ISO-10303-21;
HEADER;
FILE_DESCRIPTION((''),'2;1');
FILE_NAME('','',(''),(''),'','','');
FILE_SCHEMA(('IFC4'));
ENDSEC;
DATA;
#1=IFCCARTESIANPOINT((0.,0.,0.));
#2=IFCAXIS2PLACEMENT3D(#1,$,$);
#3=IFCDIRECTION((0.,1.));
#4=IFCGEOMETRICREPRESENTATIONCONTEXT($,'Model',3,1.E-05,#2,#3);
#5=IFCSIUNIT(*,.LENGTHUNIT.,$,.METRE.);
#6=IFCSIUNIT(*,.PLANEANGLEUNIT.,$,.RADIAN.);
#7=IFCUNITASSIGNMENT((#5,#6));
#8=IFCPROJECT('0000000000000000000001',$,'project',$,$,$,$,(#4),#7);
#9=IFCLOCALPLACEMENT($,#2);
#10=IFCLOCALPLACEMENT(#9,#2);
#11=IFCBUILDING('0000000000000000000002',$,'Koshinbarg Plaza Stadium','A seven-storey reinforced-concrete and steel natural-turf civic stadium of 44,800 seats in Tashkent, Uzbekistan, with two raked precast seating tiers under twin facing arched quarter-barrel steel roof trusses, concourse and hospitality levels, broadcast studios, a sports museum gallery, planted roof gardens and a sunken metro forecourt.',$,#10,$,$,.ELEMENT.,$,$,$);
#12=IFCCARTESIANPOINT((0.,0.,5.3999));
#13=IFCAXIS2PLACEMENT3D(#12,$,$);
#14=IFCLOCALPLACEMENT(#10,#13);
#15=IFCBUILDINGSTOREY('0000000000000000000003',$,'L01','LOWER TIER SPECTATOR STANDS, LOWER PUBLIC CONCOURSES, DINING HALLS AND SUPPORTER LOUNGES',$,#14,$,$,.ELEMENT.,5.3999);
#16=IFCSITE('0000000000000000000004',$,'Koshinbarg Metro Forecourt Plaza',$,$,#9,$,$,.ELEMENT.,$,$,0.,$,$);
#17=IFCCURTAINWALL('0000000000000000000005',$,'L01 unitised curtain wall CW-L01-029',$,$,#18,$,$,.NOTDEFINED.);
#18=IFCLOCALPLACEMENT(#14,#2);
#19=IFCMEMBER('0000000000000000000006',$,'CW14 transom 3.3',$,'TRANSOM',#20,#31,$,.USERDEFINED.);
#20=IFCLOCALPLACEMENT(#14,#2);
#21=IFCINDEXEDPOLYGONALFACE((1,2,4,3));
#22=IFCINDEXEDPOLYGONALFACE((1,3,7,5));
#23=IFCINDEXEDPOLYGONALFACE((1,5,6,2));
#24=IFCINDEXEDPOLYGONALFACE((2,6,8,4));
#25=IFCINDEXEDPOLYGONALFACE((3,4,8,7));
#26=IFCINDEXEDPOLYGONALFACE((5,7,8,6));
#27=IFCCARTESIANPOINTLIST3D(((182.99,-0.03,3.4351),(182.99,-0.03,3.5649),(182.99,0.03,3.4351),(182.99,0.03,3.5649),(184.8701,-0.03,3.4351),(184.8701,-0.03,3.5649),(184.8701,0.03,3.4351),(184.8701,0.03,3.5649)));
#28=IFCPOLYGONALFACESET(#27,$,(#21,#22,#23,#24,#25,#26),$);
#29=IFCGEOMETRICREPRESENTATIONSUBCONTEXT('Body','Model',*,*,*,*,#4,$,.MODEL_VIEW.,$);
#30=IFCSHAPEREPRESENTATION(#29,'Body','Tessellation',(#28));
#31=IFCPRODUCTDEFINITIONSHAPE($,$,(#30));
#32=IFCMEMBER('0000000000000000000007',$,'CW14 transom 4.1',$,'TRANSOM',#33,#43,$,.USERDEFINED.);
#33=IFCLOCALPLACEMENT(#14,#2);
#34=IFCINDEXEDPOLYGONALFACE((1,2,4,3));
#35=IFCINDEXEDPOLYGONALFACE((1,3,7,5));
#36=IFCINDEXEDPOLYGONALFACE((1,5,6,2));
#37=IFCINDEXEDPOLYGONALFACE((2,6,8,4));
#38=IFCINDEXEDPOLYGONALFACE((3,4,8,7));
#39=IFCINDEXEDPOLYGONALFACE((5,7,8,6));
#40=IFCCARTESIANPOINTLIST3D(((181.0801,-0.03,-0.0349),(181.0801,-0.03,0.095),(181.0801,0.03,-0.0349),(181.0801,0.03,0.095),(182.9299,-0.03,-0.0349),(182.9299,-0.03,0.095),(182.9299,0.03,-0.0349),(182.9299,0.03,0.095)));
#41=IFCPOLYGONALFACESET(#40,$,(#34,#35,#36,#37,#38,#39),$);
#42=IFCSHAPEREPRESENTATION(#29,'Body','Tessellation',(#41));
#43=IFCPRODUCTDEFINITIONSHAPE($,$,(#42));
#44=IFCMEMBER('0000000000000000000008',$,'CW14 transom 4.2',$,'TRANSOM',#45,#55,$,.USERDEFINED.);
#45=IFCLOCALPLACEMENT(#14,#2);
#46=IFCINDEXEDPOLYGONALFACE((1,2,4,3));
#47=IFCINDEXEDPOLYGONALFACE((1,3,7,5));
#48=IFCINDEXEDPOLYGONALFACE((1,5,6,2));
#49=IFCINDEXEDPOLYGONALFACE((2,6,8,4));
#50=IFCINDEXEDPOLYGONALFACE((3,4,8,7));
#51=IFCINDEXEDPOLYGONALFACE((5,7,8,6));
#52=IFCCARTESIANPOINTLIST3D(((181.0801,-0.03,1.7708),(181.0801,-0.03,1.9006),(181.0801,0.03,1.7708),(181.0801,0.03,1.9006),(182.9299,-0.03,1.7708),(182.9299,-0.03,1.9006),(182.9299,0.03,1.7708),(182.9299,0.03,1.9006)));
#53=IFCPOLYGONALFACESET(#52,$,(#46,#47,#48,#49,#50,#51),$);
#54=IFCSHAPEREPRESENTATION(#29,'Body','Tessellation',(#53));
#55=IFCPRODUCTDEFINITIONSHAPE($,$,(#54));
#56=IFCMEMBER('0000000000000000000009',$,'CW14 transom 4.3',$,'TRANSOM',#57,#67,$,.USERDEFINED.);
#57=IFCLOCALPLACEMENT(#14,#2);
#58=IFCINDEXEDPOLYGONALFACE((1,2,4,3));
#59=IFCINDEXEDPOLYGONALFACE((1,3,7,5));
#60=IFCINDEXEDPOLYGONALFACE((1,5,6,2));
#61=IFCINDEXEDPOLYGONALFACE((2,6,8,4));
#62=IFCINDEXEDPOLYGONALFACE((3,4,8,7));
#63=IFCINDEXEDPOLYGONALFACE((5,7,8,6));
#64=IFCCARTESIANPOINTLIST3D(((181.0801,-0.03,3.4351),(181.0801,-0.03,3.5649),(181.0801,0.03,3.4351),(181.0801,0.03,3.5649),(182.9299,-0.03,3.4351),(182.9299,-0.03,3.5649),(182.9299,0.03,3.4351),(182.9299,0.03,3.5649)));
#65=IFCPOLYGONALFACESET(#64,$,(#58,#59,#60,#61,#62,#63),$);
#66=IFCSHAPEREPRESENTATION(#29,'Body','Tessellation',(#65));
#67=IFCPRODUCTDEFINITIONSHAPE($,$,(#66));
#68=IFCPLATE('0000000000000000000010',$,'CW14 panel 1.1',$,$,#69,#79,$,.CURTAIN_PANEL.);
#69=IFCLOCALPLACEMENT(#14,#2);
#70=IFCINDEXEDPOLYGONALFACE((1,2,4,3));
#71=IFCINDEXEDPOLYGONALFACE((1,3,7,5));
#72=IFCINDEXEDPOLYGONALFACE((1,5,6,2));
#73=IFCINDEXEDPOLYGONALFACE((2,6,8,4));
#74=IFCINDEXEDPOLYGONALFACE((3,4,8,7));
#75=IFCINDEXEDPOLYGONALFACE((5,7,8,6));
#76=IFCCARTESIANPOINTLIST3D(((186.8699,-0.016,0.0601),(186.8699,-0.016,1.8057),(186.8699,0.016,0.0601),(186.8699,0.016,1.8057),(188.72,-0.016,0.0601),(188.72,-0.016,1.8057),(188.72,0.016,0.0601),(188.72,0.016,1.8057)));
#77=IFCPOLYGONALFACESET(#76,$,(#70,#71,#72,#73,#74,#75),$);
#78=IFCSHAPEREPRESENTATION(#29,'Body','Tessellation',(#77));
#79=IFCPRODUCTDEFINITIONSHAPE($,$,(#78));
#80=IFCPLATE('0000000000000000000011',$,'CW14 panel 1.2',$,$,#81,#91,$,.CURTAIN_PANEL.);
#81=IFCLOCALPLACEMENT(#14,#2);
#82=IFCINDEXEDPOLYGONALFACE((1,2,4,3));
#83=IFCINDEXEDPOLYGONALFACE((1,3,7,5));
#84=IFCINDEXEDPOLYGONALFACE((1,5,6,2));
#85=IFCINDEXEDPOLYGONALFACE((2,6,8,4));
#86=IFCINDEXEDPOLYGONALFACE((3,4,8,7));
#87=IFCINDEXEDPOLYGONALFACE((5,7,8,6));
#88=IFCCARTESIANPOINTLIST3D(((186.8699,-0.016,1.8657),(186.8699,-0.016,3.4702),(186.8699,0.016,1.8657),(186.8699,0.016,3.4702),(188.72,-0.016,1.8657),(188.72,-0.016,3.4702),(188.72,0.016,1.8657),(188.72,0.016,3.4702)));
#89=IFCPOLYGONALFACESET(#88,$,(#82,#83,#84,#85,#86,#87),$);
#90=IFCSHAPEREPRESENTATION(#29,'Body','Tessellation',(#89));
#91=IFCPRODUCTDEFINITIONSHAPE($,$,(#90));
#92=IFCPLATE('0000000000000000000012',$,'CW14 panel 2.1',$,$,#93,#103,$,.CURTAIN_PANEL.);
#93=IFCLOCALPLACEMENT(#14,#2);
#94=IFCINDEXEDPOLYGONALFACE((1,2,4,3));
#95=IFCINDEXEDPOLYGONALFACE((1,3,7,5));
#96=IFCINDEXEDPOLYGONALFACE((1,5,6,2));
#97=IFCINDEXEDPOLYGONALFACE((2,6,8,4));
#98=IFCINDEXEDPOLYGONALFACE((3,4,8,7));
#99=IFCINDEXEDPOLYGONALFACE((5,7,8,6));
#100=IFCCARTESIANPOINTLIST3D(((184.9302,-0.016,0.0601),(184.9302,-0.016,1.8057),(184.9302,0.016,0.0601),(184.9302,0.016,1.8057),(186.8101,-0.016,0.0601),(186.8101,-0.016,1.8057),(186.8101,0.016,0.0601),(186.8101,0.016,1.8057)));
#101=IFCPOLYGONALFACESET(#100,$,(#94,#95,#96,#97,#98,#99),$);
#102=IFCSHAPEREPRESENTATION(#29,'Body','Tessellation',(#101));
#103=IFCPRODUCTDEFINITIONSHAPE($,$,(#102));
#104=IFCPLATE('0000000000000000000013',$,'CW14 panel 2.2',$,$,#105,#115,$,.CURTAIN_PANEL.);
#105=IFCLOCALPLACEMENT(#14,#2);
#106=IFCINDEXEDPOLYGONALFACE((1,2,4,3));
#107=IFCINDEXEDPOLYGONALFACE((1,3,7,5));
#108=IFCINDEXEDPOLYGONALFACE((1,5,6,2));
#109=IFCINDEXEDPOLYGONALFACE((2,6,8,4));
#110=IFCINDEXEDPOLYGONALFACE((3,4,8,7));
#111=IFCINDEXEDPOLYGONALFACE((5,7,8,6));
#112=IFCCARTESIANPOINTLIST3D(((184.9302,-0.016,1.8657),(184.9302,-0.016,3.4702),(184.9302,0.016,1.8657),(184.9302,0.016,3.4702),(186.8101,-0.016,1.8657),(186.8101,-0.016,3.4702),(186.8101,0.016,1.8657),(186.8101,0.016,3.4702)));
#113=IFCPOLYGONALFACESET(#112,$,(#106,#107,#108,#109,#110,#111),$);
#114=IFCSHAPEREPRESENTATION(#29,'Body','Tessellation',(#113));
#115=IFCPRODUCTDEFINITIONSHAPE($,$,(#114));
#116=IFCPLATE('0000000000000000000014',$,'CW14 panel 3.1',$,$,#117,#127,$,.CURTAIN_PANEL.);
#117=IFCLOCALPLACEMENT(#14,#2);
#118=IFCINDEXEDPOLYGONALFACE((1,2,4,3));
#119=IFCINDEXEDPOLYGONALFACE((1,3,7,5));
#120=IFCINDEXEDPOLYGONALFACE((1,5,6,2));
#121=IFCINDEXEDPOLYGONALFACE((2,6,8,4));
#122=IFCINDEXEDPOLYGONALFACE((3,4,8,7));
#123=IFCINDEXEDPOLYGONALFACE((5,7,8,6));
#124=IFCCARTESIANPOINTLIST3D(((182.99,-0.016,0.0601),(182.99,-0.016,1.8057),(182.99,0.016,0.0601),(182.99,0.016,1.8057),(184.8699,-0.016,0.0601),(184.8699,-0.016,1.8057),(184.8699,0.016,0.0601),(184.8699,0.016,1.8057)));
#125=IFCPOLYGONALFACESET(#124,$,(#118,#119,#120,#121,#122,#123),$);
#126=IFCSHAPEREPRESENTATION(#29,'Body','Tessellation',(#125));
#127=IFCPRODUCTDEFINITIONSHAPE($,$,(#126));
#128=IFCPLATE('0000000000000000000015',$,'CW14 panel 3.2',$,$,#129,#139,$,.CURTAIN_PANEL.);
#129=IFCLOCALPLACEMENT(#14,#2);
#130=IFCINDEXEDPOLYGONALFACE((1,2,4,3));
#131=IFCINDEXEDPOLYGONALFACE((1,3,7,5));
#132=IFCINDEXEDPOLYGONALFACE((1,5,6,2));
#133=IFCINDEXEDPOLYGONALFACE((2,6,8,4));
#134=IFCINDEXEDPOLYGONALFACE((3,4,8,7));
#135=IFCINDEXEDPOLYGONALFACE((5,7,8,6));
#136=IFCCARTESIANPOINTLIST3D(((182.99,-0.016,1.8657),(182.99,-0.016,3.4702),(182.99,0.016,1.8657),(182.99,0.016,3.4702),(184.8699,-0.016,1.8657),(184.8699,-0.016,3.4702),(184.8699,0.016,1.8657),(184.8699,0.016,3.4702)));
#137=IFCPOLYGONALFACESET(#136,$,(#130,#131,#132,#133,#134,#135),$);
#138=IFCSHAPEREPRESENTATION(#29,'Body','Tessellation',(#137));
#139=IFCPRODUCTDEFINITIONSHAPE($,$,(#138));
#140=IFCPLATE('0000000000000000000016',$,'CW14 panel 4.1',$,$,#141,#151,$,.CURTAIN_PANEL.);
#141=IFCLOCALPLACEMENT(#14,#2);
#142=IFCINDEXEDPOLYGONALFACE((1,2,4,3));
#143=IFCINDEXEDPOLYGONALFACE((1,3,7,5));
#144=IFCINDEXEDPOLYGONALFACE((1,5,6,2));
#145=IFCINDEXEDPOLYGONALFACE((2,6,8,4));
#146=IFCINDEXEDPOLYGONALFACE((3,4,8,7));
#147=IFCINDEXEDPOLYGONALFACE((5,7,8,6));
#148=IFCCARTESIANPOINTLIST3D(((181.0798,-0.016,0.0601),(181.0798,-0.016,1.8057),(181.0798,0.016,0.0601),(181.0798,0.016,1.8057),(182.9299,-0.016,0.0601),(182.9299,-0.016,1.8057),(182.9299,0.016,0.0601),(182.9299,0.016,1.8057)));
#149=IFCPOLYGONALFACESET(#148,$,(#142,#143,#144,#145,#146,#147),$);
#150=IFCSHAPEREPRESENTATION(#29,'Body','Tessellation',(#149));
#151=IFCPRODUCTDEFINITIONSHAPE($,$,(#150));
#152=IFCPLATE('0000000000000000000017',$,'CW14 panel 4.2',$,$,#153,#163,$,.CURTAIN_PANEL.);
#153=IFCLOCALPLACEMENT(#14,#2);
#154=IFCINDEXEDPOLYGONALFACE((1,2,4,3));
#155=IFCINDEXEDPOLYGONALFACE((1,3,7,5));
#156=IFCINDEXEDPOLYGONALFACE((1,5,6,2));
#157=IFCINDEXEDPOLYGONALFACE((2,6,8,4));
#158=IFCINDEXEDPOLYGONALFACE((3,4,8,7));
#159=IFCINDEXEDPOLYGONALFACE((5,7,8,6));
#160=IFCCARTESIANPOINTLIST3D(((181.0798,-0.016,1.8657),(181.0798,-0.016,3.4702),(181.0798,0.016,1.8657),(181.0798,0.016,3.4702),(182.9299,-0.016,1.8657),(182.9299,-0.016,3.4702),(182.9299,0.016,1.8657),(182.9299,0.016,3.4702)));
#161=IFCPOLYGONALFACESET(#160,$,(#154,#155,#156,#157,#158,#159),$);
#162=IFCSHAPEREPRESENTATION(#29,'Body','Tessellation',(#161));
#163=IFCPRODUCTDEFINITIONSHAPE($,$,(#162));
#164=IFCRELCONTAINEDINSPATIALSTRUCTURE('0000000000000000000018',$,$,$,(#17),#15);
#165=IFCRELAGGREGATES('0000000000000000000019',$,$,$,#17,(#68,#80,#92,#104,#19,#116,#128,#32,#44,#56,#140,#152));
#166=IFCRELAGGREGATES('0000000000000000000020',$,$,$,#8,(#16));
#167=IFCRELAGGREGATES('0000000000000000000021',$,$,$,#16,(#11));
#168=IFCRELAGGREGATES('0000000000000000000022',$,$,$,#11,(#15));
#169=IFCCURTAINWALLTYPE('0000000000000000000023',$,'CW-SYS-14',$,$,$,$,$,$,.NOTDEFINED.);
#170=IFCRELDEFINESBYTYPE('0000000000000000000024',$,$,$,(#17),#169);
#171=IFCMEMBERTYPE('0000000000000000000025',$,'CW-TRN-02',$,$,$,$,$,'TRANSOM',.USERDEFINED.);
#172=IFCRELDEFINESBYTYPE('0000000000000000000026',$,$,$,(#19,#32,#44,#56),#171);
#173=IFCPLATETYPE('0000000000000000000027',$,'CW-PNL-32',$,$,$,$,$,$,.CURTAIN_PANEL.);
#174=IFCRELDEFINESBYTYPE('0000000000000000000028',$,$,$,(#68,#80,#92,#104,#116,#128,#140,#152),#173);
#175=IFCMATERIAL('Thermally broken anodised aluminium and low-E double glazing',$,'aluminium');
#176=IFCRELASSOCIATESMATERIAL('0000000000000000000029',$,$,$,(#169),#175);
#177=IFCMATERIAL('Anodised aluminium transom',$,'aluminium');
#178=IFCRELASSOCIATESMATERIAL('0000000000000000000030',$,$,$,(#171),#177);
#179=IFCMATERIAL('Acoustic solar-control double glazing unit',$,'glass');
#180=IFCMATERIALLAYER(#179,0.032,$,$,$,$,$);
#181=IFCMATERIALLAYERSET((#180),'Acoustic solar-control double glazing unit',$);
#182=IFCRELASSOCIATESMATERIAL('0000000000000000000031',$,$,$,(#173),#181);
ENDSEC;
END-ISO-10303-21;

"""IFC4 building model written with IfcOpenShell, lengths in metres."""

from ifc_helpers import new_model, si_unit, direction, frame, origin, origin_2d, place, context, subcontext, project, spatial, rectangle, extrude, material, layer, layer_set, material_profile, profile_set, type_object, element, aggregate, save


model = new_model("IFC4")

# Units and contexts
model_context = context("Model", 3, precision=1e-05, world=origin(), true_north=direction((0.0, 1.0)))
body_context = subcontext(model_context, "Body", "Model", "MODEL_VIEW")
ifc_project = project(units=[si_unit("LENGTHUNIT", "METRE"), si_unit("PLANEANGLEUNIT", "RADIAN")], contexts=[model_context])

# Site, building, storey
site_placement = place(None, origin())
site = spatial("IfcSite", under=ifc_project, at=site_placement, Name="Koshinbarg Metro Forecourt Plaza", CompositionType="ELEMENT", RefElevation=0.0)
building_placement = place(site_placement, origin())
building = spatial("IfcBuilding", under=site, at=building_placement, Name="Koshinbarg Plaza Stadium", Description="A seven-storey reinforced-concrete and steel natural-turf civic stadium of 44,800 seats in Tashkent, Uzbekistan, with two raked precast seating tiers under twin facing arched quarter-barrel steel roof trusses, concourse and hospitality levels, broadcast studios, a sports museum gallery, planted roof gardens and a sunken metro forecourt.", CompositionType="ELEMENT")
storey_placement = place(building_placement, frame((0.0, 0.0, 5.3999)))
storey = spatial("IfcBuildingStorey", under=building, at=storey_placement, Name="L01", Description="LOWER TIER SPECTATOR STANDS, LOWER PUBLIC CONCOURSES, DINING HALLS AND SUPPORTER LOUNGES", CompositionType="ELEMENT", Elevation=5.3999)

# Curtain wall, members, plates
ifc_material_1 = material(Name="Thermally broken anodised aluminium and low-E double glazing", Category="aluminium")
curtain_wall_type = type_object("IfcCurtainWallType", Name="CW-SYS-14", PredefinedType="NOTDEFINED", material=ifc_material_1)
curtain_wall_placement = place(storey_placement, origin())
curtain_wall = element("IfcCurtainWall", 1, at=curtain_wall_placement, inside=storey, type_object=curtain_wall_type, Name="L01 unitised curtain wall CW-L01-029", PredefinedType="NOTDEFINED")
ifc_material_2 = material(Name="Anodised aluminium transom", Category="aluminium")
ifc_material_profile_1 = material_profile(ifc_material_2, rectangle(XDim=0.0601, YDim=0.1299, at=origin_2d()), Name="ALU 60x130")
ifc_profile_set_1 = profile_set([ifc_material_profile_1], Name="Anodised aluminium transom")
member_type_1 = type_object("IfcMemberType", Name="CW-TRN-02", ElementType="TRANSOM", PredefinedType="USERDEFINED", material=ifc_profile_set_1)
member_1_placement = place(storey_placement, frame((184.8701, 0.0, 3.5), z_axis=(-1.0, 0.0, 0.0), x_axis=(0.0, -1.0, 0.0)))
member_1 = element("IfcMember", 2, at=member_1_placement, type_object=member_type_1, Name="CW14 transom 3.3", ObjectType="TRANSOM", PredefinedType="USERDEFINED", context=body_context, shape_type="SweptSolid", body=[
    extrude(rectangle(XDim=0.0601, YDim=0.1299, at=origin_2d()), origin(), (0.0, 0.0, 1.0), 1.8801),
])
member_2_placement = place(storey_placement, frame((182.9299, 0.0, 0.03), z_axis=(-1.0, 0.0, 0.0), x_axis=(0.0, -1.0, 0.0)))
member_2 = element("IfcMember", 3, at=member_2_placement, type_object=member_type_1, Name="CW14 transom 4.1", ObjectType="TRANSOM", PredefinedType="USERDEFINED", context=body_context, shape_type="SweptSolid", body=[
    extrude(rectangle(XDim=0.0601, YDim=0.1299, at=origin_2d()), origin(), (0.0, 0.0, 1.0), 1.8499),
])
member_3_placement = place(storey_placement, frame((182.9299, 0.0, 1.8357), z_axis=(-1.0, 0.0, 0.0), x_axis=(0.0, -1.0, 0.0)))
member_3 = element("IfcMember", 4, at=member_3_placement, type_object=member_type_1, Name="CW14 transom 4.2", ObjectType="TRANSOM", PredefinedType="USERDEFINED", context=body_context, shape_type="SweptSolid", body=[
    extrude(rectangle(XDim=0.0601, YDim=0.1299, at=origin_2d()), origin(), (0.0, 0.0, 1.0), 1.8499),
])
member_4_placement = place(storey_placement, frame((182.9299, 0.0, 3.5), z_axis=(-1.0, 0.0, 0.0), x_axis=(0.0, -1.0, 0.0)))
member_4 = element("IfcMember", 5, at=member_4_placement, type_object=member_type_1, Name="CW14 transom 4.3", ObjectType="TRANSOM", PredefinedType="USERDEFINED", context=body_context, shape_type="SweptSolid", body=[
    extrude(rectangle(XDim=0.0601, YDim=0.1299, at=origin_2d()), origin(), (0.0, 0.0, 1.0), 1.8499),
])
ifc_material_3 = material(Name="Acoustic solar-control double glazing unit", Category="glass")
ifc_layer = layer(ifc_material_3, 0.032)
ifc_layer_set = layer_set([ifc_layer], Name="Acoustic solar-control double glazing unit")
plate_type = type_object("IfcPlateType", Name="CW-PNL-32", PredefinedType="CURTAIN_PANEL", material=ifc_layer_set)
plate_1_placement = place(storey_placement, frame((187.7949, 0.0, 0.0601), z_axis=(0.0, 0.0, 1.0), x_axis=(-1.0, 0.0, 0.0)))
plate_1 = element("IfcPlate", 6, at=plate_1_placement, type_object=plate_type, Name="CW14 panel 1.1", PredefinedType="CURTAIN_PANEL", context=body_context, shape_type="SweptSolid", body=[
    extrude(rectangle(XDim=1.8501, YDim=0.032, at=origin_2d()), origin(), (0.0, 0.0, 1.0), 1.7456),
])
plate_2_placement = place(storey_placement, frame((187.7949, 0.0, 1.8657), z_axis=(0.0, 0.0, 1.0), x_axis=(-1.0, 0.0, 0.0)))
plate_2 = element("IfcPlate", 7, at=plate_2_placement, type_object=plate_type, Name="CW14 panel 1.2", PredefinedType="CURTAIN_PANEL", context=body_context, shape_type="SweptSolid", body=[
    extrude(rectangle(XDim=1.8501, YDim=0.032, at=origin_2d()), origin(), (0.0, 0.0, 1.0), 1.6045),
])
plate_3_placement = place(storey_placement, frame((185.8701, 0.0, 0.0601), z_axis=(0.0, 0.0, 1.0), x_axis=(-1.0, 0.0, 0.0)))
plate_3 = element("IfcPlate", 8, at=plate_3_placement, type_object=plate_type, Name="CW14 panel 2.1", PredefinedType="CURTAIN_PANEL", context=body_context, shape_type="SweptSolid", body=[
    extrude(rectangle(XDim=1.8799, YDim=0.032, at=origin_2d()), origin(), (0.0, 0.0, 1.0), 1.7456),
])
plate_4_placement = place(storey_placement, frame((185.8701, 0.0, 1.8657), z_axis=(0.0, 0.0, 1.0), x_axis=(-1.0, 0.0, 0.0)))
plate_4 = element("IfcPlate", 9, at=plate_4_placement, type_object=plate_type, Name="CW14 panel 2.2", PredefinedType="CURTAIN_PANEL", context=body_context, shape_type="SweptSolid", body=[
    extrude(rectangle(XDim=1.8799, YDim=0.032, at=origin_2d()), origin(), (0.0, 0.0, 1.0), 1.6045),
])
plate_5_placement = place(storey_placement, frame((183.9299, 0.0, 0.0601), z_axis=(0.0, 0.0, 1.0), x_axis=(-1.0, 0.0, 0.0)))
plate_5 = element("IfcPlate", 10, at=plate_5_placement, type_object=plate_type, Name="CW14 panel 3.1", PredefinedType="CURTAIN_PANEL", context=body_context, shape_type="SweptSolid", body=[
    extrude(rectangle(XDim=1.8799, YDim=0.032, at=origin_2d()), origin(), (0.0, 0.0, 1.0), 1.7456),
])
plate_6_placement = place(storey_placement, frame((183.9299, 0.0, 1.8657), z_axis=(0.0, 0.0, 1.0), x_axis=(-1.0, 0.0, 0.0)))
plate_6 = element("IfcPlate", 11, at=plate_6_placement, type_object=plate_type, Name="CW14 panel 3.2", PredefinedType="CURTAIN_PANEL", context=body_context, shape_type="SweptSolid", body=[
    extrude(rectangle(XDim=1.8799, YDim=0.032, at=origin_2d()), origin(), (0.0, 0.0, 1.0), 1.6045),
])
plate_7_placement = place(storey_placement, frame((182.0049, 0.0, 0.0601), z_axis=(0.0, 0.0, 1.0), x_axis=(-1.0, 0.0, 0.0)))
plate_7 = element("IfcPlate", 12, at=plate_7_placement, type_object=plate_type, Name="CW14 panel 4.1", PredefinedType="CURTAIN_PANEL", context=body_context, shape_type="SweptSolid", body=[
    extrude(rectangle(XDim=1.8501, YDim=0.032, at=origin_2d()), origin(), (0.0, 0.0, 1.0), 1.7456),
])
plate_8_placement = place(storey_placement, frame((182.0049, 0.0, 1.8657), z_axis=(0.0, 0.0, 1.0), x_axis=(-1.0, 0.0, 0.0)))
plate_8 = element("IfcPlate", 13, at=plate_8_placement, type_object=plate_type, Name="CW14 panel 4.2", PredefinedType="CURTAIN_PANEL", context=body_context, shape_type="SweptSolid", body=[
    extrude(rectangle(XDim=1.8501, YDim=0.032, at=origin_2d()), origin(), (0.0, 0.0, 1.0), 1.6045),
])
aggregate(curtain_wall, [plate_1, plate_2, plate_3, plate_4, member_1, plate_5, plate_6, member_2, member_3, member_4, plate_7, plate_8])

save(model, "model.ifc")
